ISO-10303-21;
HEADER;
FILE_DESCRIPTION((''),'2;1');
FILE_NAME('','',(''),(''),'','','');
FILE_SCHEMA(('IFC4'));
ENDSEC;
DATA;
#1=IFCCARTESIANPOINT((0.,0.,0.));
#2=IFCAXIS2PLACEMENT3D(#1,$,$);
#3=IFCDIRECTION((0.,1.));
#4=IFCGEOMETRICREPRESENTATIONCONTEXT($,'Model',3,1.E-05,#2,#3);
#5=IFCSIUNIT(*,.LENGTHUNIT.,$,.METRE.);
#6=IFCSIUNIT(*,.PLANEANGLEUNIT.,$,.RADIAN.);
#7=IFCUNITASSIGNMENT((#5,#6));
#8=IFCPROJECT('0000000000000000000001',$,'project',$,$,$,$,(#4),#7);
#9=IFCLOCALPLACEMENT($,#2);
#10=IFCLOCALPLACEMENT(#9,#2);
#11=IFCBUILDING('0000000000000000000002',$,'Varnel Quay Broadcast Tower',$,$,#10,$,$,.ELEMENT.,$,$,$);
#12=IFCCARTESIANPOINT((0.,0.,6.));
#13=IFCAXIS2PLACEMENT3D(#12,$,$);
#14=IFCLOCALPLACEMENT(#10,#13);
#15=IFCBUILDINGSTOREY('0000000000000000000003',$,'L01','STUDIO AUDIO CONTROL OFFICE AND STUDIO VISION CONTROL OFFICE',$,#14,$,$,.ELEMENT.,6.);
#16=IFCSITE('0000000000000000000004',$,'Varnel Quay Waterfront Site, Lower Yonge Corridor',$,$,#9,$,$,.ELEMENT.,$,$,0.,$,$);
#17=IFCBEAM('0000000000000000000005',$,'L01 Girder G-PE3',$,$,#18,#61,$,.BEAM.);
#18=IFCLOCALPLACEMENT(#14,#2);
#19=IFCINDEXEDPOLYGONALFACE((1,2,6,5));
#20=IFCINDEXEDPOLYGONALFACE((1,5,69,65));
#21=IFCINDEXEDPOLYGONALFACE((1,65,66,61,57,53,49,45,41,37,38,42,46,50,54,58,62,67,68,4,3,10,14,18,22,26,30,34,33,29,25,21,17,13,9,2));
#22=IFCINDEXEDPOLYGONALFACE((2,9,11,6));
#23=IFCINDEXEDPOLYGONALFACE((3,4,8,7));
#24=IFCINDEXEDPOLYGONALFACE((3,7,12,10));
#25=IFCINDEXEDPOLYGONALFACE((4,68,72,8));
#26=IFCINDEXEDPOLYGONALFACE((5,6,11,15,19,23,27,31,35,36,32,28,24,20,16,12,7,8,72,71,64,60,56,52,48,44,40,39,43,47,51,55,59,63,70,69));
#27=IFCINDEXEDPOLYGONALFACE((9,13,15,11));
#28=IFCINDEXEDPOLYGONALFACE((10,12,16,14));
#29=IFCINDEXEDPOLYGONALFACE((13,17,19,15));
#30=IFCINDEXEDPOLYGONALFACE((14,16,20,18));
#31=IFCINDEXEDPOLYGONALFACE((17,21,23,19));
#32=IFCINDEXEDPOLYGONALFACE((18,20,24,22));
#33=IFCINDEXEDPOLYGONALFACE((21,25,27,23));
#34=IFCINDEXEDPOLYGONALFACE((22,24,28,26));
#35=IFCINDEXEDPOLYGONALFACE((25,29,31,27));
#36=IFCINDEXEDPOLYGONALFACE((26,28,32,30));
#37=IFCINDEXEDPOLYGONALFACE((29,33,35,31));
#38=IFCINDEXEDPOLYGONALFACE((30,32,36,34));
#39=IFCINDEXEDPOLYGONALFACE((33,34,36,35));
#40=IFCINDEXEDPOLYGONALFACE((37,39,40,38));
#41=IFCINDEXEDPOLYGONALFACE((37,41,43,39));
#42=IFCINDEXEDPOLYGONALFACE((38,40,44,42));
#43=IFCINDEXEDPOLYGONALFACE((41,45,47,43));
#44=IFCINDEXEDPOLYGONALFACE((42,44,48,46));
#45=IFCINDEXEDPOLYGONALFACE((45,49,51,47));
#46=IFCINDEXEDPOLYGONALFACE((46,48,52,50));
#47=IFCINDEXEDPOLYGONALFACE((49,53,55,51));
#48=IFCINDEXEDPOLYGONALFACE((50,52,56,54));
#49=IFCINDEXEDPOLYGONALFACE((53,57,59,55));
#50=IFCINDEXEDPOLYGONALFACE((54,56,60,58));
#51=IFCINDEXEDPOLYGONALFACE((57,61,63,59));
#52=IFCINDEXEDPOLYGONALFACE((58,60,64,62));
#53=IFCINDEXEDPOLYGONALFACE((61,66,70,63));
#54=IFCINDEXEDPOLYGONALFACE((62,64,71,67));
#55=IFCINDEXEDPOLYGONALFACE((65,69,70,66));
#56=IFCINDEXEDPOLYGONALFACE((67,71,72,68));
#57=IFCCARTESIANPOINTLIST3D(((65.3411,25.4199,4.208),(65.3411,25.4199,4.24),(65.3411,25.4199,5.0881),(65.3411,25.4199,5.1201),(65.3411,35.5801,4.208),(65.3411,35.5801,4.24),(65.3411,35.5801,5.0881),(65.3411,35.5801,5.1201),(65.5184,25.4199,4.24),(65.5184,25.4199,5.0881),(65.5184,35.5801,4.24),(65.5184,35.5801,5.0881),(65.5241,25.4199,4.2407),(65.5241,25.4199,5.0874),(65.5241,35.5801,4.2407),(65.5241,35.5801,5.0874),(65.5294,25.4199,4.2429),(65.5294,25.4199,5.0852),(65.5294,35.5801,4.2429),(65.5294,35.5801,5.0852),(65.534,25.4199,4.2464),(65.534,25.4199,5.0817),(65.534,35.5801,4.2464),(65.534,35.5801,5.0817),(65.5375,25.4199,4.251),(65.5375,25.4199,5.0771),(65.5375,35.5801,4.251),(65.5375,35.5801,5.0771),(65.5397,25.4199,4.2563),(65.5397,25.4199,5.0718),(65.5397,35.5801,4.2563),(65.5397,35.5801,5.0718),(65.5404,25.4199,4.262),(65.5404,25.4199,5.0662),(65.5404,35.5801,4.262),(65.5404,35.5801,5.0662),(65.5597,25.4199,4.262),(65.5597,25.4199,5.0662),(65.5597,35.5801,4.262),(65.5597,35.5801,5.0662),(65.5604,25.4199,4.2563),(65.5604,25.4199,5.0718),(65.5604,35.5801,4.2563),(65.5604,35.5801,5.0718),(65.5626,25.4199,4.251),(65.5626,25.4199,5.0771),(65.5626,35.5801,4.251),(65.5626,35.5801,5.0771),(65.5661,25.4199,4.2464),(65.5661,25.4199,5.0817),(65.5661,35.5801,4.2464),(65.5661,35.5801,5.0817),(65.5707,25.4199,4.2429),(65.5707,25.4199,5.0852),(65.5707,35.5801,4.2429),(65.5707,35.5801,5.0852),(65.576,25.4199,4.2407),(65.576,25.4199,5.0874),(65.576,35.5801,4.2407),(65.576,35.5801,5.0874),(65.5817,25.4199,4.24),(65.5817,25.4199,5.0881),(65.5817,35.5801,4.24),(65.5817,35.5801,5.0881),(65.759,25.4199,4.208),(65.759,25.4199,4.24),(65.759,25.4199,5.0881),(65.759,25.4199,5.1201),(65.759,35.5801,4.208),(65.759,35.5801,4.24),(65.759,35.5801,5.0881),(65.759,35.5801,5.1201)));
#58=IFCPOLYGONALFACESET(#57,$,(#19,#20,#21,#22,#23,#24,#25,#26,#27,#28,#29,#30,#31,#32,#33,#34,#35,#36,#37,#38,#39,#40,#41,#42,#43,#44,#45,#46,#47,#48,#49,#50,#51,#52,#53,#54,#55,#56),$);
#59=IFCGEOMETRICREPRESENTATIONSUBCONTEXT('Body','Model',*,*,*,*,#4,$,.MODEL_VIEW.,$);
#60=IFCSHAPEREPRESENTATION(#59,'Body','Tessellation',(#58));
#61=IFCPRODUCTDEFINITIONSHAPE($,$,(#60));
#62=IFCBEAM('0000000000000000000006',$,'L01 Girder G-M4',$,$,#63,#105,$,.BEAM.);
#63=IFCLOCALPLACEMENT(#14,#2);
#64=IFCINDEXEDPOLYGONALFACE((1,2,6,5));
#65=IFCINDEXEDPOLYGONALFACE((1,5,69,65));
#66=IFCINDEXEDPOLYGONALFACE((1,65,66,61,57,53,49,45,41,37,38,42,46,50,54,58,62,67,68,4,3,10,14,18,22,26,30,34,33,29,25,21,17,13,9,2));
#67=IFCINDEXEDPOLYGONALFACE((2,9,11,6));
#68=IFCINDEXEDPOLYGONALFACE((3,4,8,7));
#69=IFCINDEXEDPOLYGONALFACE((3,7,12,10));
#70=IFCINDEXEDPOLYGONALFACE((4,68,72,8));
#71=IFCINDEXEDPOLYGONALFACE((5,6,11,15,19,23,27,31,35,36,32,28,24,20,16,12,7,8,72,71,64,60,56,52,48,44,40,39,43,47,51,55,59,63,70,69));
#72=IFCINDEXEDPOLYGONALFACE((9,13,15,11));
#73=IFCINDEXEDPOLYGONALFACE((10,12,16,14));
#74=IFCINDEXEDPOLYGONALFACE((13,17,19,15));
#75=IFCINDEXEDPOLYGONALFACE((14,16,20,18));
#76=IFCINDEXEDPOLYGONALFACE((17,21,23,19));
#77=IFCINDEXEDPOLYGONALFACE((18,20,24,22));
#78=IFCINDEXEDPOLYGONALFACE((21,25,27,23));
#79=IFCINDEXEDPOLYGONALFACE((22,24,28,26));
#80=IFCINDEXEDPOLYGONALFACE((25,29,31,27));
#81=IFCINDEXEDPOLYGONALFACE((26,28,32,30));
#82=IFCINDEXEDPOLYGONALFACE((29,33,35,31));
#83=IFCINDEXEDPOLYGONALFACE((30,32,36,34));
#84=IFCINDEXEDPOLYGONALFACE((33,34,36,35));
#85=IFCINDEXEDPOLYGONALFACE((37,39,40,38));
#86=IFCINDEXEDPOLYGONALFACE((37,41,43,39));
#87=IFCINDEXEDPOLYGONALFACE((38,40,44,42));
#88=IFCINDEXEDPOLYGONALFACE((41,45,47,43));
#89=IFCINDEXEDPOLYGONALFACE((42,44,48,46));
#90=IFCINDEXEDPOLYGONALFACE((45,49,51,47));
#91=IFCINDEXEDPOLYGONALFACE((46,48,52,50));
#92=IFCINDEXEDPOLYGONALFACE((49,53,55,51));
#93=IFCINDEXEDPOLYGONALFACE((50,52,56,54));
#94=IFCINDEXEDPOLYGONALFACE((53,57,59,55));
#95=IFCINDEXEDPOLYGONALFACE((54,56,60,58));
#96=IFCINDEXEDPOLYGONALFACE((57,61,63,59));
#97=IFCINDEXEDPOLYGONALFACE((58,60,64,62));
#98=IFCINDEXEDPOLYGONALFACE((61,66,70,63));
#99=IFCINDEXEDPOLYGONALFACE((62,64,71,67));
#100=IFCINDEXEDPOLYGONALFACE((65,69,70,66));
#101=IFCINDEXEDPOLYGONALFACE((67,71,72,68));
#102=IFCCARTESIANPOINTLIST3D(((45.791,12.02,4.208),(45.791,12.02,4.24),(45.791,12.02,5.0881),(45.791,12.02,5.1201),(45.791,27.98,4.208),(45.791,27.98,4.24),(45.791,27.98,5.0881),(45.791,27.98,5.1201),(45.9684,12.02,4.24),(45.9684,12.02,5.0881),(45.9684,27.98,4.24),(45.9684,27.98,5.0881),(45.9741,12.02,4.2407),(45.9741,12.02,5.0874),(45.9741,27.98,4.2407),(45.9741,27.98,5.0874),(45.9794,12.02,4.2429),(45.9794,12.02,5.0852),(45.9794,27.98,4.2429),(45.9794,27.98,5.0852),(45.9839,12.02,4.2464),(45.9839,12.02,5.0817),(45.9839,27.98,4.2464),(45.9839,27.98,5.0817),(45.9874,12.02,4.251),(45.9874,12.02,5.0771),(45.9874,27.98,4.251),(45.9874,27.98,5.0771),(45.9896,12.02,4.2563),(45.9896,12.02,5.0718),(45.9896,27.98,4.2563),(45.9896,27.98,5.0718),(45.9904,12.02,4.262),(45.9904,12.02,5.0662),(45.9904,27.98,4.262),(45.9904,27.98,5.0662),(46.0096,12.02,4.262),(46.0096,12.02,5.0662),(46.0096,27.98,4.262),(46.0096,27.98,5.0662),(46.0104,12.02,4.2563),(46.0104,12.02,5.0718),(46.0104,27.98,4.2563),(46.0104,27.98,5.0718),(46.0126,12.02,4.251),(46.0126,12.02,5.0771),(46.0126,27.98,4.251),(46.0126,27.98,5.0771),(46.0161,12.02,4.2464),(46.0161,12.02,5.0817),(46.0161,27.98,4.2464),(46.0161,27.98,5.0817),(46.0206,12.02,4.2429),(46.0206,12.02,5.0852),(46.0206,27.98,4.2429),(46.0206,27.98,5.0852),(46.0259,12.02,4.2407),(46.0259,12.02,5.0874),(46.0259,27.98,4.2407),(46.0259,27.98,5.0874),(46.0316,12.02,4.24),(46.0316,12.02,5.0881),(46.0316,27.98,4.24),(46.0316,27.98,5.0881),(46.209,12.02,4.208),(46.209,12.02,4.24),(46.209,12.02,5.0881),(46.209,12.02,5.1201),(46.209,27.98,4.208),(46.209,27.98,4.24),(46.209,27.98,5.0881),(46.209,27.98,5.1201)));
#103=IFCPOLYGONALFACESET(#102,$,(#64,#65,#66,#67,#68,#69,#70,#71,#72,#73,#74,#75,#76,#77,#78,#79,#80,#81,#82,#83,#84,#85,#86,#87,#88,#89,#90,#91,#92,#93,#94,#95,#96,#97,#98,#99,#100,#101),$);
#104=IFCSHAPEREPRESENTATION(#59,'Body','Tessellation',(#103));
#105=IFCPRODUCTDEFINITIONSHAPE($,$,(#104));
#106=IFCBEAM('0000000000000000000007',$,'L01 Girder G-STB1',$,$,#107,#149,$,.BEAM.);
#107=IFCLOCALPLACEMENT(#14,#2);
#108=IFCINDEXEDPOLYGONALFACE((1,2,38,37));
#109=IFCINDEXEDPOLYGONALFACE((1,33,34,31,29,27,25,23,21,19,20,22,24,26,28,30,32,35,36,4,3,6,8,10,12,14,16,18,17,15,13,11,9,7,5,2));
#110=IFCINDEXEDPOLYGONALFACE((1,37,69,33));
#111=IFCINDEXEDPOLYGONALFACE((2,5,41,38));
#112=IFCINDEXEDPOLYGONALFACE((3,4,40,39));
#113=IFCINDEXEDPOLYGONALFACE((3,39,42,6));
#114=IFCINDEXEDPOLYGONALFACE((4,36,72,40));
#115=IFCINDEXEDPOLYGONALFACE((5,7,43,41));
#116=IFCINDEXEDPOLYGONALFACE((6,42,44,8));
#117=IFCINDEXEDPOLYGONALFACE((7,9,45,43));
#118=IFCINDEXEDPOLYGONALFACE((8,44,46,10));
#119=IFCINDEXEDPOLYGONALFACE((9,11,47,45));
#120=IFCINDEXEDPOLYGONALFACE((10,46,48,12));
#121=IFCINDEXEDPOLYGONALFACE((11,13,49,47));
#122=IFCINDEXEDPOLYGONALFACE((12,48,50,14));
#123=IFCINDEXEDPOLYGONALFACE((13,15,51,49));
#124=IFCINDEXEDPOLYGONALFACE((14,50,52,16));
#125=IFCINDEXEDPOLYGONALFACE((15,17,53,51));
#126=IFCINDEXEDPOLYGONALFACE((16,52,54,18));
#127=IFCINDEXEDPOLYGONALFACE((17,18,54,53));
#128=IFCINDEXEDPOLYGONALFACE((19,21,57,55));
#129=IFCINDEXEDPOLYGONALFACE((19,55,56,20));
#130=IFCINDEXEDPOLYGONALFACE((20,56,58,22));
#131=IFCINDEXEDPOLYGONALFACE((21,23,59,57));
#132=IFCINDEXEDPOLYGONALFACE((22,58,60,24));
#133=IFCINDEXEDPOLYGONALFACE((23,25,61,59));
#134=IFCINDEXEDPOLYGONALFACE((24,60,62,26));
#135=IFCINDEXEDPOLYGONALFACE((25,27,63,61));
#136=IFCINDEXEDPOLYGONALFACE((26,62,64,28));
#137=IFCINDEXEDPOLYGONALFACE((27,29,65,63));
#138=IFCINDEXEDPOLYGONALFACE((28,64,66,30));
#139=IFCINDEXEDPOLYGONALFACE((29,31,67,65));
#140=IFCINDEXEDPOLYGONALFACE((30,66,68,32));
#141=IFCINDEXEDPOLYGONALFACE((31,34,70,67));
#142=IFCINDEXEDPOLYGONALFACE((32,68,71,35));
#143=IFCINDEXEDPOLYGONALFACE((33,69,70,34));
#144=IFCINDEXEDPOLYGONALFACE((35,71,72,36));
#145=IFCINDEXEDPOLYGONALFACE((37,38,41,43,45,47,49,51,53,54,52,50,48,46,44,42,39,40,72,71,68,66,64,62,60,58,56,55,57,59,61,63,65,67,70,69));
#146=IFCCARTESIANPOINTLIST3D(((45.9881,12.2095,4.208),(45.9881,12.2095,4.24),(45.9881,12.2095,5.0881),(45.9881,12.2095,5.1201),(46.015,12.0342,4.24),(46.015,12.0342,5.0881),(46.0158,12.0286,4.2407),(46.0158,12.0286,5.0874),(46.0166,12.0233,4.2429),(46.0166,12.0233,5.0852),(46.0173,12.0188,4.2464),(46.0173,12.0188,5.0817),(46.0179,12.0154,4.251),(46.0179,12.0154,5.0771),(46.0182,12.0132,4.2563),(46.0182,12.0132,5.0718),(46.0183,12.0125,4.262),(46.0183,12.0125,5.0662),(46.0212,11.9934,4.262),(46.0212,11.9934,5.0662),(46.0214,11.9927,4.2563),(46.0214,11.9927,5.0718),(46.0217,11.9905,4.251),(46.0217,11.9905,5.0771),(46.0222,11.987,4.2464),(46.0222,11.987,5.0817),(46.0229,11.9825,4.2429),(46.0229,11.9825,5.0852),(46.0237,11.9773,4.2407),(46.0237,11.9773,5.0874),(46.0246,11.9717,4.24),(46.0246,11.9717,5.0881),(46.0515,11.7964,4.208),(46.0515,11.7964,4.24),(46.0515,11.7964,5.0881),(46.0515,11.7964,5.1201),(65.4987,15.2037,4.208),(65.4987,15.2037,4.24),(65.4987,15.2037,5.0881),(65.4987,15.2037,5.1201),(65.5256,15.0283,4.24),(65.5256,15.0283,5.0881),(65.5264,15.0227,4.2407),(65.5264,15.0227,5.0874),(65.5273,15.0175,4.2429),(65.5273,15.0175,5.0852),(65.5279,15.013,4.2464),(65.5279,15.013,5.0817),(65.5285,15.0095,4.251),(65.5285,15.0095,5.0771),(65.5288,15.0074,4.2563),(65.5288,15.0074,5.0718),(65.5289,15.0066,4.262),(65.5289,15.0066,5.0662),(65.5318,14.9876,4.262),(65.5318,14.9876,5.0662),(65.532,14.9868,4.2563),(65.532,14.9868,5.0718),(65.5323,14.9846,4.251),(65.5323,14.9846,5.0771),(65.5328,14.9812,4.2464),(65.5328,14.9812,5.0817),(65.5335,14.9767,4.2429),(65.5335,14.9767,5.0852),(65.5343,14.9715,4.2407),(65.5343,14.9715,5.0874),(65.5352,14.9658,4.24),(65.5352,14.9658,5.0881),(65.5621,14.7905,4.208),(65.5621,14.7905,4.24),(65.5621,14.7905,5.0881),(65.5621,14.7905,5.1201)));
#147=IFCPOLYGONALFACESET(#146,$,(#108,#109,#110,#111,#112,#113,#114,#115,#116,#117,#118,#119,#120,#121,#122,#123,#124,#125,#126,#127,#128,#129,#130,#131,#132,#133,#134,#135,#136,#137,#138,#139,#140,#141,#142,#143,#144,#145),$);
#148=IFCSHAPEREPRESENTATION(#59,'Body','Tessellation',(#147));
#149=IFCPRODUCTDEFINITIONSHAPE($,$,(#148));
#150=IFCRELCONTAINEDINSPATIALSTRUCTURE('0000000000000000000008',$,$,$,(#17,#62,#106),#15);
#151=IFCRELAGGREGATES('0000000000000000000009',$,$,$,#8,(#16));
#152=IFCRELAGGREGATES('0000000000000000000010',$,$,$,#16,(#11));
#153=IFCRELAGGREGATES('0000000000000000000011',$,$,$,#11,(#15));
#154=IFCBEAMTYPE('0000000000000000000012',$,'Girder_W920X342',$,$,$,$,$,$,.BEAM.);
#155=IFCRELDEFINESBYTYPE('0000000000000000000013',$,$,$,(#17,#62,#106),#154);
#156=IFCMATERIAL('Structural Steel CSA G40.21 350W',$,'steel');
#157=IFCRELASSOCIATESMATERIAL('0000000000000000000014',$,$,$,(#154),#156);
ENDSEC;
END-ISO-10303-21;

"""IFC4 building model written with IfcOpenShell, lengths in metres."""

from ifc_helpers import new_model, si_unit, direction, frame, origin, origin_2d, place, context, subcontext, project, spatial, i_section, extrude, source, transform, mapped, material, material_profile, profile_set, type_object, element, save


model = new_model("IFC4")

# Units and contexts
model_context = context("Model", 3, precision=1e-05, world=origin(), true_north=direction((0.0, 1.0)))
body_context = subcontext(model_context, "Body", "Model", "MODEL_VIEW")
ifc_project = project(units=[si_unit("LENGTHUNIT", "METRE"), si_unit("PLANEANGLEUNIT", "RADIAN")], contexts=[model_context])

# Site, building, storey
site_placement = place(None, origin())
site = spatial("IfcSite", under=ifc_project, at=site_placement, Name="Varnel Quay Waterfront Site, Lower Yonge Corridor", CompositionType="ELEMENT", RefElevation=0.0)
building_placement = place(site_placement, origin())
building = spatial("IfcBuilding", under=site, at=building_placement, Name="Varnel Quay Broadcast Tower", CompositionType="ELEMENT")
storey_placement = place(building_placement, frame((0.0, 0.0, 6.0)))
storey = spatial("IfcBuildingStorey", under=building, at=storey_placement, Name="L01", Description="STUDIO AUDIO CONTROL OFFICE AND STUDIO VISION CONTROL OFFICE", CompositionType="ELEMENT", Elevation=6.0)

# Shared definitions
ifc_material_1 = material(Name="Structural Steel CSA G40.21 350W", Category="steel")

# Beams
ifc_material_profile_1 = material_profile(ifc_material_1, i_section(OverallWidth=0.418, OverallDepth=0.9121, WebThickness=0.0193, FlangeThickness=0.032, FilletRadius=0.022, at=origin_2d()), Name="W920X342")
ifc_profile_set_1 = profile_set([ifc_material_profile_1], Name="Structural Steel CSA G40.21 350W")
beam_type = type_object("IfcBeamType", Name="Girder_W920X342", PredefinedType="BEAM", material=ifc_profile_set_1)
shared_shape_1 = source(origin(), body_context, "Body", "SweptSolid", [
    extrude(i_section(OverallWidth=0.418, OverallDepth=0.9121, WebThickness=0.0193, FlangeThickness=0.032, FilletRadius=0.022, at=origin_2d()), origin(), (0.0, 0.0, 1.0), 10.1602),
])
beam_1_placement = place(storey_placement, frame((65.55, 25.4199, 4.6641), z_axis=(0.0, 1.0, 0.0), x_axis=(-1.0, 0.0, 0.0)))
element("IfcBeam", 1, at=beam_1_placement, inside=storey, type_object=beam_type, Name="L01 Girder G-PE3", PredefinedType="BEAM", context=body_context, shape_type="MappedRepresentation", body=[
    mapped(shared_shape_1, transform((0.0, 0.0, 0.0), x_axis=(1.0, 0.0, 0.0), y_axis=(0.0, 1.0, 0.0), z_axis=(0.0, 0.0, 1.0), scale=1.0)),
])
shared_shape_2 = source(origin(), body_context, "Body", "SweptSolid", [
    extrude(i_section(OverallWidth=0.418, OverallDepth=0.9121, WebThickness=0.0193, FlangeThickness=0.032, FilletRadius=0.022, at=origin_2d()), origin(), (0.0, 0.0, 1.0), 15.96),
])
beam_2_placement = place(storey_placement, frame((46.0, 12.02, 4.6641), z_axis=(0.0, 1.0, 0.0), x_axis=(-1.0, 0.0, 0.0)))
element("IfcBeam", 2, at=beam_2_placement, inside=storey, type_object=beam_type, Name="L01 Girder G-M4", PredefinedType="BEAM", context=body_context, shape_type="MappedRepresentation", body=[
    mapped(shared_shape_2, transform((0.0, 0.0, 0.0), x_axis=(1.0, 0.0, 0.0), y_axis=(0.0, 1.0, 0.0), z_axis=(0.0, 0.0, 1.0), scale=1.0)),
])
shared_shape_3 = source(origin(), body_context, "Body", "SweptSolid", [
    extrude(i_section(OverallWidth=0.418, OverallDepth=0.9121, WebThickness=0.0193, FlangeThickness=0.032, FilletRadius=0.022, at=origin_2d()), origin(), (0.0, 0.0, 1.0), 19.739),
])
beam_3_placement = place(storey_placement, frame((46.0198, 12.0029, 4.6641), z_axis=(0.988429, 0.151687, 0.0), x_axis=(-0.151687, 0.988429, 0.0)))
element("IfcBeam", 3, at=beam_3_placement, inside=storey, type_object=beam_type, Name="L01 Girder G-STB1", PredefinedType="BEAM", context=body_context, shape_type="MappedRepresentation", body=[
    mapped(shared_shape_3, transform((0.0, 0.0, 0.0), x_axis=(1.0, 0.0, 0.0), y_axis=(0.0, 1.0, 0.0), z_axis=(0.0, 0.0, 1.0), scale=1.0)),
])

save(model, "model.ifc")
